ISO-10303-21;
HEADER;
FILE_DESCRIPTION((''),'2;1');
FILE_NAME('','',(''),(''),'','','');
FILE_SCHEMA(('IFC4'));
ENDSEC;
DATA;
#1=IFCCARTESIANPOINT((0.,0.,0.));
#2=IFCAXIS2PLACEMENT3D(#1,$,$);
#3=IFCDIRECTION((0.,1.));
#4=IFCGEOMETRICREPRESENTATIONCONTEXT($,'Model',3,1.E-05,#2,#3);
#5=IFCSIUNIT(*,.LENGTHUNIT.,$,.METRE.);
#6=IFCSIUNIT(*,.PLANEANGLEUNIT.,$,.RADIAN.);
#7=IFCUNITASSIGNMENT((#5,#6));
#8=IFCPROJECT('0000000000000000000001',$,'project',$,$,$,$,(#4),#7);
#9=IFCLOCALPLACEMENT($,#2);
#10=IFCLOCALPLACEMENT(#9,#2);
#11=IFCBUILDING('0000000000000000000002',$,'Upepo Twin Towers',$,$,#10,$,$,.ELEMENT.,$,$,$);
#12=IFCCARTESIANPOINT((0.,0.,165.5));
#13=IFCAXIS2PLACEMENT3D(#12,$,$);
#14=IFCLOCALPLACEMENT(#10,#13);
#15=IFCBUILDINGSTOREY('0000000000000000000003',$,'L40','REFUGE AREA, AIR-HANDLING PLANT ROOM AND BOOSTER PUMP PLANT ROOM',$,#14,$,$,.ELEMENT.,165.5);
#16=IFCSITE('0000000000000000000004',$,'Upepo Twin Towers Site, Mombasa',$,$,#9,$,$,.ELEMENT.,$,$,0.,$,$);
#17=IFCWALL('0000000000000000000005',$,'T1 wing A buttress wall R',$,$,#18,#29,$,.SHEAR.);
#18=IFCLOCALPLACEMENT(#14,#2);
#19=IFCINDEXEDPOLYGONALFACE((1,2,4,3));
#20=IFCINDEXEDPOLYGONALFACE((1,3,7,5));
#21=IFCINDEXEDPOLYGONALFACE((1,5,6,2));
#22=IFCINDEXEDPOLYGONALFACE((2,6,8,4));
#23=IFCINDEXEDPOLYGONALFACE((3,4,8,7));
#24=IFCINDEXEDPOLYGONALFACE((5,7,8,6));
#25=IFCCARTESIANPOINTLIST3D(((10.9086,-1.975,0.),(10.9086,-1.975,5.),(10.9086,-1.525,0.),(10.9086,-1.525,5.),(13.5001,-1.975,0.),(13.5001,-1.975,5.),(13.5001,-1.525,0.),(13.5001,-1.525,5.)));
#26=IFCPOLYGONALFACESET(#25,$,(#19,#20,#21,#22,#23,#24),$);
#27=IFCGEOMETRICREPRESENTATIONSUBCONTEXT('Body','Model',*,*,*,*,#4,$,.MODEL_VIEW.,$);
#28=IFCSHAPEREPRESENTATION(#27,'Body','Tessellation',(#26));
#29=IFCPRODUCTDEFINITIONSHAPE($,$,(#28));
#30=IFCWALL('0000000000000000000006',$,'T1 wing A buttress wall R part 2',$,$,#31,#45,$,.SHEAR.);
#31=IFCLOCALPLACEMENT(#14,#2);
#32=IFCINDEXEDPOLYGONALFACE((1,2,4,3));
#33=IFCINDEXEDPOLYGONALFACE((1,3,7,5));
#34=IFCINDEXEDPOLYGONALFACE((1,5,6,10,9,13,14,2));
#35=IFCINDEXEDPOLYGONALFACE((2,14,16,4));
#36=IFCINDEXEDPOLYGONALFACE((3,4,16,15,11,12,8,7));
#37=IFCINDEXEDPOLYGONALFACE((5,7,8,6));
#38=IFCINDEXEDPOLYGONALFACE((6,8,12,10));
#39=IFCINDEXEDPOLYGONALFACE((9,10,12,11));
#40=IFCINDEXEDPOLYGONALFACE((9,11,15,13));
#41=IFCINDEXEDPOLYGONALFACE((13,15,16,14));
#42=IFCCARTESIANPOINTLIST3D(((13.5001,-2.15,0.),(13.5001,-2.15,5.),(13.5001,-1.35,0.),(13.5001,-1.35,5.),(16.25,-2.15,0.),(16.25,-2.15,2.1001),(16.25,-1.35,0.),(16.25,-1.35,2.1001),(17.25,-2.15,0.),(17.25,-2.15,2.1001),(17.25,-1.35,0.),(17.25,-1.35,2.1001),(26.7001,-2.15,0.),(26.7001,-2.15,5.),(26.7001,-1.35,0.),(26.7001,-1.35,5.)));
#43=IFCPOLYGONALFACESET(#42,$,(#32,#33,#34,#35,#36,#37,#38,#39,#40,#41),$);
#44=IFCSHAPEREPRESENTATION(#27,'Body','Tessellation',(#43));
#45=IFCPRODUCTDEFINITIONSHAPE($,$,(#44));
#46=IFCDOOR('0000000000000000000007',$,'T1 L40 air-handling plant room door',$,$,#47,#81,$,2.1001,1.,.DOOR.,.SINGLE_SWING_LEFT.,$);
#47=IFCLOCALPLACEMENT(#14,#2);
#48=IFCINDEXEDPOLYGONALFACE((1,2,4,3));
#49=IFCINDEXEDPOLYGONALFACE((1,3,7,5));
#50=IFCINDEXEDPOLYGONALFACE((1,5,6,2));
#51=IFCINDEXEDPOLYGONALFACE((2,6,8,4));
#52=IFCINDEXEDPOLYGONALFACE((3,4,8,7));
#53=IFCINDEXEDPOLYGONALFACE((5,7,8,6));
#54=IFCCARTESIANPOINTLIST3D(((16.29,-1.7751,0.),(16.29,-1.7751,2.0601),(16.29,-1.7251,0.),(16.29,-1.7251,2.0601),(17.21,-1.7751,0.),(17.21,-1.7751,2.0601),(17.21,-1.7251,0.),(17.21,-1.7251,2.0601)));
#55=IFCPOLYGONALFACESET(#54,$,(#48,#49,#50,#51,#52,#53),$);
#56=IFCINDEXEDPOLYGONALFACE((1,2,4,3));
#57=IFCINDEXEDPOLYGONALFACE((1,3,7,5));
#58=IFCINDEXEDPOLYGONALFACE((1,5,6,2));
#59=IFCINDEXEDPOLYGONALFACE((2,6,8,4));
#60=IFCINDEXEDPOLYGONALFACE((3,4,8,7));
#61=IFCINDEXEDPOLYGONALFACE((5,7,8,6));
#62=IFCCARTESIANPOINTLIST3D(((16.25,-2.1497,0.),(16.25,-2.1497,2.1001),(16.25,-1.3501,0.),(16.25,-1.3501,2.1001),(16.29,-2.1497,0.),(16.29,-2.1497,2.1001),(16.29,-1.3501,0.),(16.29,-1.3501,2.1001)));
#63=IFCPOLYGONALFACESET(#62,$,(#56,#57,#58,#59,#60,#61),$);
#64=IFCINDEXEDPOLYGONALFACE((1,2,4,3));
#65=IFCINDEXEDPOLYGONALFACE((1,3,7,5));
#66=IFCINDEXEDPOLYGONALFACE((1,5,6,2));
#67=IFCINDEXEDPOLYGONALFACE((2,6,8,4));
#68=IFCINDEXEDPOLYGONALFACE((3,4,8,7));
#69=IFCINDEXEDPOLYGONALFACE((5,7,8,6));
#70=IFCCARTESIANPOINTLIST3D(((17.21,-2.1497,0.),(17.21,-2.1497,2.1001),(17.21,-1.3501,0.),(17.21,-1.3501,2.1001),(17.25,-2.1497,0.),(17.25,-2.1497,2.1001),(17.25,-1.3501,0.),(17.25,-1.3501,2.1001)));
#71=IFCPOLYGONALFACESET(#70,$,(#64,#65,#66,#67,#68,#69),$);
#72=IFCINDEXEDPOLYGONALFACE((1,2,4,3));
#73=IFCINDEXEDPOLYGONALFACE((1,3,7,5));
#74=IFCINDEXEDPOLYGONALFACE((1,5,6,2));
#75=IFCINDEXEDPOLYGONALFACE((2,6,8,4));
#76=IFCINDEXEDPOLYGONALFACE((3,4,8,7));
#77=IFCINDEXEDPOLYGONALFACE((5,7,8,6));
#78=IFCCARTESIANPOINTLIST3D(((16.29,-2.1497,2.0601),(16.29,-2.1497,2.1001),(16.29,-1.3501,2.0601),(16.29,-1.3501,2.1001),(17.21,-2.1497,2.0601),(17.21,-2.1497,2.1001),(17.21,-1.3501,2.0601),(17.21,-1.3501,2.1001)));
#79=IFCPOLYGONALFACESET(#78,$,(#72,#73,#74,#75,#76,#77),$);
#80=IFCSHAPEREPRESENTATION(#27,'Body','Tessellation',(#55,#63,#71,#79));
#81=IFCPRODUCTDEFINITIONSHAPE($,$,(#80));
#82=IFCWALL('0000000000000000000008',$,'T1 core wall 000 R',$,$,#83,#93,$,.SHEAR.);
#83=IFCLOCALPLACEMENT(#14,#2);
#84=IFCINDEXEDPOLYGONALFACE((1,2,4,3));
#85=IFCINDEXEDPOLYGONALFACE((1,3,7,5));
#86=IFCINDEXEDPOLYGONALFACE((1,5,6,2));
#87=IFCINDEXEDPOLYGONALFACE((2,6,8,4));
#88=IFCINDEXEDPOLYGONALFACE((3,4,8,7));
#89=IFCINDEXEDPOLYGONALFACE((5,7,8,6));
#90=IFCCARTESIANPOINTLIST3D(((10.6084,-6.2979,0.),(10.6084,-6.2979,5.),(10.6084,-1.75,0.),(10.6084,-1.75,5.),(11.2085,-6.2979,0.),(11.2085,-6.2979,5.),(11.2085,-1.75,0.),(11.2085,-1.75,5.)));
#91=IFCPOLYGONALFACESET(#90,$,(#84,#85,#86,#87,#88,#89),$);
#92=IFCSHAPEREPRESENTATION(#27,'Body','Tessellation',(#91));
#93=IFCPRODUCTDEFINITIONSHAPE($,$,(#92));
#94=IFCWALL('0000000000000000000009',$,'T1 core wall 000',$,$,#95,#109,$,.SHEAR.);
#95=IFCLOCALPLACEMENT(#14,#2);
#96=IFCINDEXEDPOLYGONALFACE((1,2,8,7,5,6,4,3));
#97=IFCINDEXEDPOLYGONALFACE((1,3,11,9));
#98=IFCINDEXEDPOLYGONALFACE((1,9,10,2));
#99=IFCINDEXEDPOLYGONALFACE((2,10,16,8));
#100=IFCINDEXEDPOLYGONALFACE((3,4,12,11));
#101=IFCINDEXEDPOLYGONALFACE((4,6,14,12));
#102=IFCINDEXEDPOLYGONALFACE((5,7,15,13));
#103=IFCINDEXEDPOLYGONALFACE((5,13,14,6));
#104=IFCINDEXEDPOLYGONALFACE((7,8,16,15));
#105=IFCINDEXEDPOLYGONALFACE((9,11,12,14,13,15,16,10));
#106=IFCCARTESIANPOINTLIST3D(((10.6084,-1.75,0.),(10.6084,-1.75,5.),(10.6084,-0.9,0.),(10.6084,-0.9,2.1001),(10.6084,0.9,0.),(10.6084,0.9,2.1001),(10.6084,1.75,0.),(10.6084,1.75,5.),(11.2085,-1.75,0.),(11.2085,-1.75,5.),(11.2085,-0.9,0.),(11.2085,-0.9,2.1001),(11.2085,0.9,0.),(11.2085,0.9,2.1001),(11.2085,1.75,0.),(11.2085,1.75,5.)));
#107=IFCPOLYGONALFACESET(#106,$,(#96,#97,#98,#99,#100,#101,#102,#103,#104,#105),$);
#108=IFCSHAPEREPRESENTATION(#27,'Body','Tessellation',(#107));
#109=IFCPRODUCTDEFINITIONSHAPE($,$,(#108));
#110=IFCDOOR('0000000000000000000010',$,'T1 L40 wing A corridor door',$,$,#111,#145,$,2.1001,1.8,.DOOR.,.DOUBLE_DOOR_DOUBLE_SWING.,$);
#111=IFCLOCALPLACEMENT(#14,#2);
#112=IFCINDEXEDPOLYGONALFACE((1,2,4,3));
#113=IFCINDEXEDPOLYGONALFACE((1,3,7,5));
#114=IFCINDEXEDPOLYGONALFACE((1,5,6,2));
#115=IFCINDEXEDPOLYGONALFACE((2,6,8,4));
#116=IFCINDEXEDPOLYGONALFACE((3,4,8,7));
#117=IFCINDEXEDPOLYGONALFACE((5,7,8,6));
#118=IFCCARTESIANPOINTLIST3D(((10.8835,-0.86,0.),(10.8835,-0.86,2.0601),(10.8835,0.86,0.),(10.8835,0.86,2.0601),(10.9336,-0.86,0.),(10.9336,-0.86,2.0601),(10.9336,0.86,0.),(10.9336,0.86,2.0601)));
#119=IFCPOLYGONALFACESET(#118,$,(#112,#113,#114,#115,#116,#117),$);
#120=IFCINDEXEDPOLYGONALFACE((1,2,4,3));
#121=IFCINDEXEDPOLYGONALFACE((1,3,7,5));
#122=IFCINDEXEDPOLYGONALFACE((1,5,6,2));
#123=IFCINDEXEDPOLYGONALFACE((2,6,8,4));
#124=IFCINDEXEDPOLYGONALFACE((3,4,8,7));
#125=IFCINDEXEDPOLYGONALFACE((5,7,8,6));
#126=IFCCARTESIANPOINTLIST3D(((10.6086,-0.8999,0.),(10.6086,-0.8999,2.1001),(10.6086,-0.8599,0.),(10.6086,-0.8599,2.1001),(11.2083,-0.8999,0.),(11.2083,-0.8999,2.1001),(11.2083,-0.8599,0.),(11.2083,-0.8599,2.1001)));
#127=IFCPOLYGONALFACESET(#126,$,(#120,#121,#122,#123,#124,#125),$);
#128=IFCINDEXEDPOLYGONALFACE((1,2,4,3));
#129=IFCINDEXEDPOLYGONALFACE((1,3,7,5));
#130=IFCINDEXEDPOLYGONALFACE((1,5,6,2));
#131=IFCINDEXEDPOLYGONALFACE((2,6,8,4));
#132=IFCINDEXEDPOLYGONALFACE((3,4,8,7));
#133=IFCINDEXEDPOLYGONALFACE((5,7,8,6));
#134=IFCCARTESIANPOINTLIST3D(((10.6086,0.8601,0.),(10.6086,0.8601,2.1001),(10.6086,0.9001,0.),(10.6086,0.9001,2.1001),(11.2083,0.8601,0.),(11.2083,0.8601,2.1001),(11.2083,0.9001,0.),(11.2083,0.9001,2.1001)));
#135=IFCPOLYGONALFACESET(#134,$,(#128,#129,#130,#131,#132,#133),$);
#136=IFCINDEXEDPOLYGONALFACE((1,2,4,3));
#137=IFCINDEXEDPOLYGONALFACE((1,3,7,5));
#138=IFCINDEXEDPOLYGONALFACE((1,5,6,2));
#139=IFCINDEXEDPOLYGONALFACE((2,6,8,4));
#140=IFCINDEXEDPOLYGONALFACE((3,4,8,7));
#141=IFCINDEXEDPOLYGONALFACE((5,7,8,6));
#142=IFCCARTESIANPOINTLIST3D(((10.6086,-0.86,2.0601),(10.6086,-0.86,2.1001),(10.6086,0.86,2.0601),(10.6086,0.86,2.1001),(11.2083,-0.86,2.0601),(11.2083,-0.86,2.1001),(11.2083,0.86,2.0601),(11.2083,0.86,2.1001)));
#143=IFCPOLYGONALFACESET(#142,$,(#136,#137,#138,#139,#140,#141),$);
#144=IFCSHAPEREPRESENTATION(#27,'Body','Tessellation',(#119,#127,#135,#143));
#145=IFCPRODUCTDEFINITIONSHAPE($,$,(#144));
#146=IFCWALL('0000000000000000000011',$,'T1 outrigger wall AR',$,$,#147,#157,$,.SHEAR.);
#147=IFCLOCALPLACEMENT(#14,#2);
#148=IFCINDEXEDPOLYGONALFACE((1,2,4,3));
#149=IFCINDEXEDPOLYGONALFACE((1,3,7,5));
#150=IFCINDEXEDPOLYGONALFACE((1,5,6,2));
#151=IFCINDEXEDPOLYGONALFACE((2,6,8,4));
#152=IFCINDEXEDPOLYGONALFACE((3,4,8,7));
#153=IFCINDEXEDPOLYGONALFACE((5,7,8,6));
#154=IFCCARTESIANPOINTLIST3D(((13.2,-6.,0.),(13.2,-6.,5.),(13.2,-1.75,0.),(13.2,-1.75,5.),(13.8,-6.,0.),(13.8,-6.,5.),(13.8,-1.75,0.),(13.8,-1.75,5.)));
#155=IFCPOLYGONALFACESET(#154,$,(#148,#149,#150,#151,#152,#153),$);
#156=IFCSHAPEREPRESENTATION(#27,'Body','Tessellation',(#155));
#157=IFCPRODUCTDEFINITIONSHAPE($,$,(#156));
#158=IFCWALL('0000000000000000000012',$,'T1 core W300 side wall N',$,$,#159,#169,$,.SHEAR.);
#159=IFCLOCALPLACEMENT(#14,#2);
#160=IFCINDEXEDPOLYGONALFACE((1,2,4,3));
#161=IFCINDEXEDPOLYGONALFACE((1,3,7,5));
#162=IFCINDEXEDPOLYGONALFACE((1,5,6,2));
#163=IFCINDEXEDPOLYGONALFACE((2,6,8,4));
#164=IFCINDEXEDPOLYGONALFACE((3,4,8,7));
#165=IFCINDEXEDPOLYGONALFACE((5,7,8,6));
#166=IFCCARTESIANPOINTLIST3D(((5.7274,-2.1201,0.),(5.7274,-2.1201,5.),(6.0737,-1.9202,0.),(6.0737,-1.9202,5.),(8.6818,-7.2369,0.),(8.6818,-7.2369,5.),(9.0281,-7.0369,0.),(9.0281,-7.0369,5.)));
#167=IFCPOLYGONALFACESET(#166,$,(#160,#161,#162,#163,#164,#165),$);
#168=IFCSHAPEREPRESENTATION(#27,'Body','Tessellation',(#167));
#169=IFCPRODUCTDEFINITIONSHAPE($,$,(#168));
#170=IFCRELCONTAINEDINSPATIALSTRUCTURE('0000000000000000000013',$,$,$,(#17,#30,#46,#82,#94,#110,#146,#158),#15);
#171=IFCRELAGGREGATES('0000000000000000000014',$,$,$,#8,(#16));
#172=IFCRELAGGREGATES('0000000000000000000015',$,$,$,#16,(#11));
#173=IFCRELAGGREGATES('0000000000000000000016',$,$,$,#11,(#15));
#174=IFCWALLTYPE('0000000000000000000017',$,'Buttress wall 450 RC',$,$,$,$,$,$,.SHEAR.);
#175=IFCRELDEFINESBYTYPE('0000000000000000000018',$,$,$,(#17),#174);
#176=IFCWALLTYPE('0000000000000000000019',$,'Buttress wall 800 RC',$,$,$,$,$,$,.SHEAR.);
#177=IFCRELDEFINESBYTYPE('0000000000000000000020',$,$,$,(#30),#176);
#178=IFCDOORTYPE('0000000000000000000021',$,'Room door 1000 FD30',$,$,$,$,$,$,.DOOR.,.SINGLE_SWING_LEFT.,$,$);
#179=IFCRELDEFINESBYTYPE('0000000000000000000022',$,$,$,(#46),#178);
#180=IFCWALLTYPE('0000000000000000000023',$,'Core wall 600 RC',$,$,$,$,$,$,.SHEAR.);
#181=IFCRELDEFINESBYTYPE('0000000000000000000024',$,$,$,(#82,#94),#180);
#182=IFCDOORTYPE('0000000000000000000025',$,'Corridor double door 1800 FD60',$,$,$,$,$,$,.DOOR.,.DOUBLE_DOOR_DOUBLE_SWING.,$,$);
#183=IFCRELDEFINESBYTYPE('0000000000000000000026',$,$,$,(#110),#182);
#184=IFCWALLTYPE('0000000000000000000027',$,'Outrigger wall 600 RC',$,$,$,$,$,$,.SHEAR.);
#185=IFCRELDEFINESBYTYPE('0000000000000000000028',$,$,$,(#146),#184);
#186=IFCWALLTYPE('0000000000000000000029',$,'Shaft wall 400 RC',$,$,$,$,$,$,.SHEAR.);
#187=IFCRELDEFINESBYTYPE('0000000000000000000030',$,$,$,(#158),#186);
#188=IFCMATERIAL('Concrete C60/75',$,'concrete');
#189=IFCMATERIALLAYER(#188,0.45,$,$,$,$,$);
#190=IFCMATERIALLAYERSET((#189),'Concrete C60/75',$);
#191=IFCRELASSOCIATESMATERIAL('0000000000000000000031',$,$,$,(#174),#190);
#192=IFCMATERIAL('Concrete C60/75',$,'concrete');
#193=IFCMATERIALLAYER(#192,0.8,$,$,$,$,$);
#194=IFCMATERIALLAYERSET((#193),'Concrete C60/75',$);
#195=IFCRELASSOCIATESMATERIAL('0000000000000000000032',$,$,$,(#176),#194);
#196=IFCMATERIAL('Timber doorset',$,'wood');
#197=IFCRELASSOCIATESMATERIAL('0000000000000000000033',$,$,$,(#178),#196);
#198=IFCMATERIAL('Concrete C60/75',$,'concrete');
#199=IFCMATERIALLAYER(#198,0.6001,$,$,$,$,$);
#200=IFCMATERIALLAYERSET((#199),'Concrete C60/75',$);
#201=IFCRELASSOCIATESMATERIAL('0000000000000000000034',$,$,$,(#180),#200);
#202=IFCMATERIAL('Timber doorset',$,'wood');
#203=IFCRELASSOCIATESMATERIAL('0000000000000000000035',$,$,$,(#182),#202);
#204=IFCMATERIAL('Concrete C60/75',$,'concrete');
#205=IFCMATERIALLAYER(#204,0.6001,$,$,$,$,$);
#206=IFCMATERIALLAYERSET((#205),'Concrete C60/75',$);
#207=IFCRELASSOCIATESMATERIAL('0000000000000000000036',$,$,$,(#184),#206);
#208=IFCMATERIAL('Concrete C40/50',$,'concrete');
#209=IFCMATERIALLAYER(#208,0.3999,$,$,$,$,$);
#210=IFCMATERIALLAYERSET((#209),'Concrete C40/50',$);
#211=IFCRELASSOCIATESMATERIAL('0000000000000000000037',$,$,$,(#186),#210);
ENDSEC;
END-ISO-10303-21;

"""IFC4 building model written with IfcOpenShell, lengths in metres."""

from ifc_helpers import new_model, si_unit, direction, frame, frame_2d, origin, place, context, subcontext, project, spatial, rectangle, extrude, material, layer, layer_set, type_object, element, fill, save


model = new_model("IFC4")

# Units and contexts
model_context = context("Model", 3, precision=1e-05, world=origin(), true_north=direction((0.0, 1.0)))
body_context = subcontext(model_context, "Body", "Model", "MODEL_VIEW")
ifc_project = project(units=[si_unit("LENGTHUNIT", "METRE"), si_unit("PLANEANGLEUNIT", "RADIAN")], contexts=[model_context])

# Site, building, storey
site_placement = place(None, origin())
site = spatial("IfcSite", under=ifc_project, at=site_placement, Name="Upepo Twin Towers Site, Mombasa", CompositionType="ELEMENT", RefElevation=0.0)
building_placement = place(site_placement, origin())
building = spatial("IfcBuilding", under=site, at=building_placement, Name="Upepo Twin Towers", CompositionType="ELEMENT")
storey_placement = place(building_placement, frame((0.0, 0.0, 165.5)))
storey = spatial("IfcBuildingStorey", under=building, at=storey_placement, Name="L40", Description="REFUGE AREA, AIR-HANDLING PLANT ROOM AND BOOSTER PUMP PLANT ROOM", CompositionType="ELEMENT", Elevation=165.5)

# Wall
ifc_material_1 = material(Name="Concrete C60/75", Category="concrete")
ifc_layer_1 = layer(ifc_material_1, 0.45)
ifc_layer_set_1 = layer_set([ifc_layer_1], Name="Concrete C60/75")
wall_type_1 = type_object("IfcWallType", Name="Buttress wall 450 RC", PredefinedType="SHEAR", material=ifc_layer_set_1)
wall_1_placement = place(storey_placement, frame((10.9084, -1.75, 0.0), z_axis=(0.0, 0.0, 1.0), x_axis=(1.0, 0.0, 0.0)))
element("IfcWall", 1, at=wall_1_placement, inside=storey, type_object=wall_type_1, Name="T1 wing A buttress wall R", PredefinedType="SHEAR", context=body_context, shape_type="SweptSolid", body=[
    extrude(rectangle(XDim=2.5916, YDim=0.45, at=frame_2d((1.2959, 0.0))), origin(), (0.0, 0.0, 1.0), 5.0),
])

# Wall, opening, door
ifc_material_2 = material(Name="Concrete C60/75", Category="concrete")
ifc_layer_2 = layer(ifc_material_2, 0.8)
ifc_layer_set_2 = layer_set([ifc_layer_2], Name="Concrete C60/75")
wall_type_2 = type_object("IfcWallType", Name="Buttress wall 800 RC", PredefinedType="SHEAR", material=ifc_layer_set_2)
wall_2_placement = place(storey_placement, frame((13.5, -1.75, 0.0), z_axis=(0.0, 0.0, 1.0), x_axis=(1.0, 0.0, 0.0)))
wall_2 = element("IfcWall", 2, at=wall_2_placement, inside=storey, type_object=wall_type_2, Name="T1 wing A buttress wall R part 2", PredefinedType="SHEAR", context=body_context, shape_type="SweptSolid", body=[
    extrude(rectangle(XDim=13.2, YDim=0.8, at=frame_2d((6.6001, 0.0))), origin(), (0.0, 0.0, 1.0), 5.0),
])
opening_1_placement = place(wall_2_placement, frame((2.75, 0.0, 0.0)))
opening_1 = element("IfcOpeningElement", 3, at=opening_1_placement, cuts=wall_2, PredefinedType="OPENING", context=body_context, shape_type="SweptSolid", body=[
    extrude(rectangle(XDim=1.0, YDim=2.1001, at=frame_2d((0.5, 1.05))), frame((0.0, 0.4099, 0.0), z_axis=(0.0, -1.0, 0.0), x_axis=(1.0, 0.0, 0.0)), (0.0, 0.0, 1.0), 0.8201),
])
ifc_material_3 = material(Name="Timber doorset", Category="wood")
door_type_1 = type_object("IfcDoorType", Name="Room door 1000 FD30", OperationType="SINGLE_SWING_LEFT", PredefinedType="DOOR", material=ifc_material_3)
door_1_placement = place(opening_1_placement, origin())
door_1 = element("IfcDoor", 4, at=door_1_placement, inside=storey, type_object=door_type_1, Name="T1 L40 air-handling plant room door", OperationType="SINGLE_SWING_LEFT", OverallHeight=2.1001, OverallWidth=1.0, PredefinedType="DOOR", context=body_context, shape_type="SweptSolid", body=[
    extrude(rectangle(XDim=0.92, YDim=2.0601, at=frame_2d((0.5, 1.03))), frame((0.0, 0.0249, 0.0), z_axis=(0.0, -1.0, 0.0), x_axis=(1.0, 0.0, 0.0)), (0.0, 0.0, 1.0), 0.05),
    extrude(rectangle(XDim=0.04, YDim=2.1001, at=frame_2d((0.02, 1.05))), frame((0.0, 0.3999, 0.0), z_axis=(0.0, -1.0, 0.0), x_axis=(1.0, 0.0, 0.0)), (0.0, 0.0, 1.0), 0.7996),
    extrude(rectangle(XDim=0.04, YDim=2.1001, at=frame_2d((0.98, 1.05))), frame((0.0, 0.3999, 0.0), z_axis=(0.0, -1.0, 0.0), x_axis=(1.0, 0.0, 0.0)), (0.0, 0.0, 1.0), 0.7996),
    extrude(rectangle(XDim=0.92, YDim=0.04, at=frame_2d((0.5, 2.0801))), frame((0.0, 0.3999, 0.0), z_axis=(0.0, -1.0, 0.0), x_axis=(1.0, 0.0, 0.0)), (0.0, 0.0, 1.0), 0.7996),
])
fill(opening_1, door_1)

# Wall
ifc_material_4 = material(Name="Concrete C60/75", Category="concrete")
ifc_layer_3 = layer(ifc_material_4, 0.6001)
ifc_layer_set_3 = layer_set([ifc_layer_3], Name="Concrete C60/75")
wall_type_3 = type_object("IfcWallType", Name="Core wall 600 RC", PredefinedType="SHEAR", material=ifc_layer_set_3)
wall_3_placement = place(storey_placement, frame((10.9084, -6.2979, 0.0), z_axis=(0.0, 0.0, 1.0), x_axis=(0.0, 1.0, 0.0)))
element("IfcWall", 5, at=wall_3_placement, inside=storey, type_object=wall_type_3, Name="T1 core wall 000 R", PredefinedType="SHEAR", context=body_context, shape_type="SweptSolid", body=[
    extrude(rectangle(XDim=4.5479, YDim=0.6001, at=frame_2d((2.2739, 0.0))), origin(), (0.0, 0.0, 1.0), 5.0),
])

# Wall, opening, door
wall_4_placement = place(storey_placement, frame((10.9084, -1.75, 0.0), z_axis=(0.0, 0.0, 1.0), x_axis=(0.0, 1.0, 0.0)))
wall_4 = element("IfcWall", 6, at=wall_4_placement, inside=storey, type_object=wall_type_3, Name="T1 core wall 000", PredefinedType="SHEAR", context=body_context, shape_type="SweptSolid", body=[
    extrude(rectangle(XDim=3.5, YDim=0.6001, at=frame_2d((1.75, 0.0))), origin(), (0.0, 0.0, 1.0), 5.0),
])
opening_2_placement = place(wall_4_placement, frame((0.8501, 0.0, 0.0)))
opening_2 = element("IfcOpeningElement", 7, at=opening_2_placement, cuts=wall_4, PredefinedType="OPENING", context=body_context, shape_type="SweptSolid", body=[
    extrude(rectangle(XDim=1.8, YDim=2.1001, at=frame_2d((0.8999, 1.05))), frame((0.0, 0.3101, 0.0), z_axis=(0.0, -1.0, 0.0), x_axis=(1.0, 0.0, 0.0)), (0.0, 0.0, 1.0), 0.6201),
])
ifc_material_5 = material(Name="Timber doorset", Category="wood")
door_type_2 = type_object("IfcDoorType", Name="Corridor double door 1800 FD60", OperationType="DOUBLE_DOOR_DOUBLE_SWING", PredefinedType="DOOR", material=ifc_material_5)
door_2_placement = place(opening_2_placement, origin())
door_2 = element("IfcDoor", 8, at=door_2_placement, inside=storey, type_object=door_type_2, Name="T1 L40 wing A corridor door", OperationType="DOUBLE_DOOR_DOUBLE_SWING", OverallHeight=2.1001, OverallWidth=1.8, PredefinedType="DOOR", context=body_context, shape_type="SweptSolid", body=[
    extrude(rectangle(XDim=1.72, YDim=2.0601, at=frame_2d((0.8999, 1.03))), frame((0.0, 0.0249, 0.0), z_axis=(0.0, -1.0, 0.0), x_axis=(1.0, 0.0, 0.0)), (0.0, 0.0, 1.0), 0.05),
    extrude(rectangle(XDim=0.04, YDim=2.1001, at=frame_2d((0.02, 1.05))), frame((0.0, 0.2998, 0.0), z_axis=(0.0, -1.0, 0.0), x_axis=(1.0, 0.0, 0.0)), (0.0, 0.0, 1.0), 0.5996),
    extrude(rectangle(XDim=0.04, YDim=2.1001, at=frame_2d((1.78, 1.05))), frame((0.0, 0.2998, 0.0), z_axis=(0.0, -1.0, 0.0), x_axis=(1.0, 0.0, 0.0)), (0.0, 0.0, 1.0), 0.5996),
    extrude(rectangle(XDim=1.72, YDim=0.04, at=frame_2d((0.8999, 2.0801))), frame((0.0, 0.2998, 0.0), z_axis=(0.0, -1.0, 0.0), x_axis=(1.0, 0.0, 0.0)), (0.0, 0.0, 1.0), 0.5996),
])
fill(opening_2, door_2)

# Walls
ifc_material_6 = material(Name="Concrete C60/75", Category="concrete")
ifc_layer_4 = layer(ifc_material_6, 0.6001)
ifc_layer_set_4 = layer_set([ifc_layer_4], Name="Concrete C60/75")
wall_type_4 = type_object("IfcWallType", Name="Outrigger wall 600 RC", PredefinedType="SHEAR", material=ifc_layer_set_4)
wall_5_placement = place(storey_placement, frame((13.5, -1.75, 0.0), z_axis=(0.0, 0.0, 1.0), x_axis=(0.0, -1.0, 0.0)))
element("IfcWall", 9, at=wall_5_placement, inside=storey, type_object=wall_type_4, Name="T1 outrigger wall AR", PredefinedType="SHEAR", context=body_context, shape_type="SweptSolid", body=[
    extrude(rectangle(XDim=4.25, YDim=0.6001, at=frame_2d((2.125, 0.0))), origin(), (0.0, 0.0, 1.0), 5.0),
])
ifc_material_7 = material(Name="Concrete C40/50", Category="concrete")
ifc_layer_5 = layer(ifc_material_7, 0.3999)
ifc_layer_set_5 = layer_set([ifc_layer_5], Name="Concrete C40/50")
wall_type_5 = type_object("IfcWallType", Name="Shaft wall 400 RC", PredefinedType="SHEAR", material=ifc_layer_set_5)
wall_6_placement = place(storey_placement, frame((5.9006, -2.0203, 0.0), z_axis=(0.0, 0.0, 1.0), x_axis=(0.500028, -0.866009, 0.0)))
element("IfcWall", 10, at=wall_6_placement, inside=storey, type_object=wall_type_5, Name="T1 core W300 side wall N", PredefinedType="SHEAR", context=body_context, shape_type="SweptSolid", body=[
    extrude(rectangle(XDim=5.9084, YDim=0.3999, at=frame_2d((2.9541, 0.0))), origin(), (0.0, 0.0, 1.0), 5.0),
])

save(model, "model.ifc")
